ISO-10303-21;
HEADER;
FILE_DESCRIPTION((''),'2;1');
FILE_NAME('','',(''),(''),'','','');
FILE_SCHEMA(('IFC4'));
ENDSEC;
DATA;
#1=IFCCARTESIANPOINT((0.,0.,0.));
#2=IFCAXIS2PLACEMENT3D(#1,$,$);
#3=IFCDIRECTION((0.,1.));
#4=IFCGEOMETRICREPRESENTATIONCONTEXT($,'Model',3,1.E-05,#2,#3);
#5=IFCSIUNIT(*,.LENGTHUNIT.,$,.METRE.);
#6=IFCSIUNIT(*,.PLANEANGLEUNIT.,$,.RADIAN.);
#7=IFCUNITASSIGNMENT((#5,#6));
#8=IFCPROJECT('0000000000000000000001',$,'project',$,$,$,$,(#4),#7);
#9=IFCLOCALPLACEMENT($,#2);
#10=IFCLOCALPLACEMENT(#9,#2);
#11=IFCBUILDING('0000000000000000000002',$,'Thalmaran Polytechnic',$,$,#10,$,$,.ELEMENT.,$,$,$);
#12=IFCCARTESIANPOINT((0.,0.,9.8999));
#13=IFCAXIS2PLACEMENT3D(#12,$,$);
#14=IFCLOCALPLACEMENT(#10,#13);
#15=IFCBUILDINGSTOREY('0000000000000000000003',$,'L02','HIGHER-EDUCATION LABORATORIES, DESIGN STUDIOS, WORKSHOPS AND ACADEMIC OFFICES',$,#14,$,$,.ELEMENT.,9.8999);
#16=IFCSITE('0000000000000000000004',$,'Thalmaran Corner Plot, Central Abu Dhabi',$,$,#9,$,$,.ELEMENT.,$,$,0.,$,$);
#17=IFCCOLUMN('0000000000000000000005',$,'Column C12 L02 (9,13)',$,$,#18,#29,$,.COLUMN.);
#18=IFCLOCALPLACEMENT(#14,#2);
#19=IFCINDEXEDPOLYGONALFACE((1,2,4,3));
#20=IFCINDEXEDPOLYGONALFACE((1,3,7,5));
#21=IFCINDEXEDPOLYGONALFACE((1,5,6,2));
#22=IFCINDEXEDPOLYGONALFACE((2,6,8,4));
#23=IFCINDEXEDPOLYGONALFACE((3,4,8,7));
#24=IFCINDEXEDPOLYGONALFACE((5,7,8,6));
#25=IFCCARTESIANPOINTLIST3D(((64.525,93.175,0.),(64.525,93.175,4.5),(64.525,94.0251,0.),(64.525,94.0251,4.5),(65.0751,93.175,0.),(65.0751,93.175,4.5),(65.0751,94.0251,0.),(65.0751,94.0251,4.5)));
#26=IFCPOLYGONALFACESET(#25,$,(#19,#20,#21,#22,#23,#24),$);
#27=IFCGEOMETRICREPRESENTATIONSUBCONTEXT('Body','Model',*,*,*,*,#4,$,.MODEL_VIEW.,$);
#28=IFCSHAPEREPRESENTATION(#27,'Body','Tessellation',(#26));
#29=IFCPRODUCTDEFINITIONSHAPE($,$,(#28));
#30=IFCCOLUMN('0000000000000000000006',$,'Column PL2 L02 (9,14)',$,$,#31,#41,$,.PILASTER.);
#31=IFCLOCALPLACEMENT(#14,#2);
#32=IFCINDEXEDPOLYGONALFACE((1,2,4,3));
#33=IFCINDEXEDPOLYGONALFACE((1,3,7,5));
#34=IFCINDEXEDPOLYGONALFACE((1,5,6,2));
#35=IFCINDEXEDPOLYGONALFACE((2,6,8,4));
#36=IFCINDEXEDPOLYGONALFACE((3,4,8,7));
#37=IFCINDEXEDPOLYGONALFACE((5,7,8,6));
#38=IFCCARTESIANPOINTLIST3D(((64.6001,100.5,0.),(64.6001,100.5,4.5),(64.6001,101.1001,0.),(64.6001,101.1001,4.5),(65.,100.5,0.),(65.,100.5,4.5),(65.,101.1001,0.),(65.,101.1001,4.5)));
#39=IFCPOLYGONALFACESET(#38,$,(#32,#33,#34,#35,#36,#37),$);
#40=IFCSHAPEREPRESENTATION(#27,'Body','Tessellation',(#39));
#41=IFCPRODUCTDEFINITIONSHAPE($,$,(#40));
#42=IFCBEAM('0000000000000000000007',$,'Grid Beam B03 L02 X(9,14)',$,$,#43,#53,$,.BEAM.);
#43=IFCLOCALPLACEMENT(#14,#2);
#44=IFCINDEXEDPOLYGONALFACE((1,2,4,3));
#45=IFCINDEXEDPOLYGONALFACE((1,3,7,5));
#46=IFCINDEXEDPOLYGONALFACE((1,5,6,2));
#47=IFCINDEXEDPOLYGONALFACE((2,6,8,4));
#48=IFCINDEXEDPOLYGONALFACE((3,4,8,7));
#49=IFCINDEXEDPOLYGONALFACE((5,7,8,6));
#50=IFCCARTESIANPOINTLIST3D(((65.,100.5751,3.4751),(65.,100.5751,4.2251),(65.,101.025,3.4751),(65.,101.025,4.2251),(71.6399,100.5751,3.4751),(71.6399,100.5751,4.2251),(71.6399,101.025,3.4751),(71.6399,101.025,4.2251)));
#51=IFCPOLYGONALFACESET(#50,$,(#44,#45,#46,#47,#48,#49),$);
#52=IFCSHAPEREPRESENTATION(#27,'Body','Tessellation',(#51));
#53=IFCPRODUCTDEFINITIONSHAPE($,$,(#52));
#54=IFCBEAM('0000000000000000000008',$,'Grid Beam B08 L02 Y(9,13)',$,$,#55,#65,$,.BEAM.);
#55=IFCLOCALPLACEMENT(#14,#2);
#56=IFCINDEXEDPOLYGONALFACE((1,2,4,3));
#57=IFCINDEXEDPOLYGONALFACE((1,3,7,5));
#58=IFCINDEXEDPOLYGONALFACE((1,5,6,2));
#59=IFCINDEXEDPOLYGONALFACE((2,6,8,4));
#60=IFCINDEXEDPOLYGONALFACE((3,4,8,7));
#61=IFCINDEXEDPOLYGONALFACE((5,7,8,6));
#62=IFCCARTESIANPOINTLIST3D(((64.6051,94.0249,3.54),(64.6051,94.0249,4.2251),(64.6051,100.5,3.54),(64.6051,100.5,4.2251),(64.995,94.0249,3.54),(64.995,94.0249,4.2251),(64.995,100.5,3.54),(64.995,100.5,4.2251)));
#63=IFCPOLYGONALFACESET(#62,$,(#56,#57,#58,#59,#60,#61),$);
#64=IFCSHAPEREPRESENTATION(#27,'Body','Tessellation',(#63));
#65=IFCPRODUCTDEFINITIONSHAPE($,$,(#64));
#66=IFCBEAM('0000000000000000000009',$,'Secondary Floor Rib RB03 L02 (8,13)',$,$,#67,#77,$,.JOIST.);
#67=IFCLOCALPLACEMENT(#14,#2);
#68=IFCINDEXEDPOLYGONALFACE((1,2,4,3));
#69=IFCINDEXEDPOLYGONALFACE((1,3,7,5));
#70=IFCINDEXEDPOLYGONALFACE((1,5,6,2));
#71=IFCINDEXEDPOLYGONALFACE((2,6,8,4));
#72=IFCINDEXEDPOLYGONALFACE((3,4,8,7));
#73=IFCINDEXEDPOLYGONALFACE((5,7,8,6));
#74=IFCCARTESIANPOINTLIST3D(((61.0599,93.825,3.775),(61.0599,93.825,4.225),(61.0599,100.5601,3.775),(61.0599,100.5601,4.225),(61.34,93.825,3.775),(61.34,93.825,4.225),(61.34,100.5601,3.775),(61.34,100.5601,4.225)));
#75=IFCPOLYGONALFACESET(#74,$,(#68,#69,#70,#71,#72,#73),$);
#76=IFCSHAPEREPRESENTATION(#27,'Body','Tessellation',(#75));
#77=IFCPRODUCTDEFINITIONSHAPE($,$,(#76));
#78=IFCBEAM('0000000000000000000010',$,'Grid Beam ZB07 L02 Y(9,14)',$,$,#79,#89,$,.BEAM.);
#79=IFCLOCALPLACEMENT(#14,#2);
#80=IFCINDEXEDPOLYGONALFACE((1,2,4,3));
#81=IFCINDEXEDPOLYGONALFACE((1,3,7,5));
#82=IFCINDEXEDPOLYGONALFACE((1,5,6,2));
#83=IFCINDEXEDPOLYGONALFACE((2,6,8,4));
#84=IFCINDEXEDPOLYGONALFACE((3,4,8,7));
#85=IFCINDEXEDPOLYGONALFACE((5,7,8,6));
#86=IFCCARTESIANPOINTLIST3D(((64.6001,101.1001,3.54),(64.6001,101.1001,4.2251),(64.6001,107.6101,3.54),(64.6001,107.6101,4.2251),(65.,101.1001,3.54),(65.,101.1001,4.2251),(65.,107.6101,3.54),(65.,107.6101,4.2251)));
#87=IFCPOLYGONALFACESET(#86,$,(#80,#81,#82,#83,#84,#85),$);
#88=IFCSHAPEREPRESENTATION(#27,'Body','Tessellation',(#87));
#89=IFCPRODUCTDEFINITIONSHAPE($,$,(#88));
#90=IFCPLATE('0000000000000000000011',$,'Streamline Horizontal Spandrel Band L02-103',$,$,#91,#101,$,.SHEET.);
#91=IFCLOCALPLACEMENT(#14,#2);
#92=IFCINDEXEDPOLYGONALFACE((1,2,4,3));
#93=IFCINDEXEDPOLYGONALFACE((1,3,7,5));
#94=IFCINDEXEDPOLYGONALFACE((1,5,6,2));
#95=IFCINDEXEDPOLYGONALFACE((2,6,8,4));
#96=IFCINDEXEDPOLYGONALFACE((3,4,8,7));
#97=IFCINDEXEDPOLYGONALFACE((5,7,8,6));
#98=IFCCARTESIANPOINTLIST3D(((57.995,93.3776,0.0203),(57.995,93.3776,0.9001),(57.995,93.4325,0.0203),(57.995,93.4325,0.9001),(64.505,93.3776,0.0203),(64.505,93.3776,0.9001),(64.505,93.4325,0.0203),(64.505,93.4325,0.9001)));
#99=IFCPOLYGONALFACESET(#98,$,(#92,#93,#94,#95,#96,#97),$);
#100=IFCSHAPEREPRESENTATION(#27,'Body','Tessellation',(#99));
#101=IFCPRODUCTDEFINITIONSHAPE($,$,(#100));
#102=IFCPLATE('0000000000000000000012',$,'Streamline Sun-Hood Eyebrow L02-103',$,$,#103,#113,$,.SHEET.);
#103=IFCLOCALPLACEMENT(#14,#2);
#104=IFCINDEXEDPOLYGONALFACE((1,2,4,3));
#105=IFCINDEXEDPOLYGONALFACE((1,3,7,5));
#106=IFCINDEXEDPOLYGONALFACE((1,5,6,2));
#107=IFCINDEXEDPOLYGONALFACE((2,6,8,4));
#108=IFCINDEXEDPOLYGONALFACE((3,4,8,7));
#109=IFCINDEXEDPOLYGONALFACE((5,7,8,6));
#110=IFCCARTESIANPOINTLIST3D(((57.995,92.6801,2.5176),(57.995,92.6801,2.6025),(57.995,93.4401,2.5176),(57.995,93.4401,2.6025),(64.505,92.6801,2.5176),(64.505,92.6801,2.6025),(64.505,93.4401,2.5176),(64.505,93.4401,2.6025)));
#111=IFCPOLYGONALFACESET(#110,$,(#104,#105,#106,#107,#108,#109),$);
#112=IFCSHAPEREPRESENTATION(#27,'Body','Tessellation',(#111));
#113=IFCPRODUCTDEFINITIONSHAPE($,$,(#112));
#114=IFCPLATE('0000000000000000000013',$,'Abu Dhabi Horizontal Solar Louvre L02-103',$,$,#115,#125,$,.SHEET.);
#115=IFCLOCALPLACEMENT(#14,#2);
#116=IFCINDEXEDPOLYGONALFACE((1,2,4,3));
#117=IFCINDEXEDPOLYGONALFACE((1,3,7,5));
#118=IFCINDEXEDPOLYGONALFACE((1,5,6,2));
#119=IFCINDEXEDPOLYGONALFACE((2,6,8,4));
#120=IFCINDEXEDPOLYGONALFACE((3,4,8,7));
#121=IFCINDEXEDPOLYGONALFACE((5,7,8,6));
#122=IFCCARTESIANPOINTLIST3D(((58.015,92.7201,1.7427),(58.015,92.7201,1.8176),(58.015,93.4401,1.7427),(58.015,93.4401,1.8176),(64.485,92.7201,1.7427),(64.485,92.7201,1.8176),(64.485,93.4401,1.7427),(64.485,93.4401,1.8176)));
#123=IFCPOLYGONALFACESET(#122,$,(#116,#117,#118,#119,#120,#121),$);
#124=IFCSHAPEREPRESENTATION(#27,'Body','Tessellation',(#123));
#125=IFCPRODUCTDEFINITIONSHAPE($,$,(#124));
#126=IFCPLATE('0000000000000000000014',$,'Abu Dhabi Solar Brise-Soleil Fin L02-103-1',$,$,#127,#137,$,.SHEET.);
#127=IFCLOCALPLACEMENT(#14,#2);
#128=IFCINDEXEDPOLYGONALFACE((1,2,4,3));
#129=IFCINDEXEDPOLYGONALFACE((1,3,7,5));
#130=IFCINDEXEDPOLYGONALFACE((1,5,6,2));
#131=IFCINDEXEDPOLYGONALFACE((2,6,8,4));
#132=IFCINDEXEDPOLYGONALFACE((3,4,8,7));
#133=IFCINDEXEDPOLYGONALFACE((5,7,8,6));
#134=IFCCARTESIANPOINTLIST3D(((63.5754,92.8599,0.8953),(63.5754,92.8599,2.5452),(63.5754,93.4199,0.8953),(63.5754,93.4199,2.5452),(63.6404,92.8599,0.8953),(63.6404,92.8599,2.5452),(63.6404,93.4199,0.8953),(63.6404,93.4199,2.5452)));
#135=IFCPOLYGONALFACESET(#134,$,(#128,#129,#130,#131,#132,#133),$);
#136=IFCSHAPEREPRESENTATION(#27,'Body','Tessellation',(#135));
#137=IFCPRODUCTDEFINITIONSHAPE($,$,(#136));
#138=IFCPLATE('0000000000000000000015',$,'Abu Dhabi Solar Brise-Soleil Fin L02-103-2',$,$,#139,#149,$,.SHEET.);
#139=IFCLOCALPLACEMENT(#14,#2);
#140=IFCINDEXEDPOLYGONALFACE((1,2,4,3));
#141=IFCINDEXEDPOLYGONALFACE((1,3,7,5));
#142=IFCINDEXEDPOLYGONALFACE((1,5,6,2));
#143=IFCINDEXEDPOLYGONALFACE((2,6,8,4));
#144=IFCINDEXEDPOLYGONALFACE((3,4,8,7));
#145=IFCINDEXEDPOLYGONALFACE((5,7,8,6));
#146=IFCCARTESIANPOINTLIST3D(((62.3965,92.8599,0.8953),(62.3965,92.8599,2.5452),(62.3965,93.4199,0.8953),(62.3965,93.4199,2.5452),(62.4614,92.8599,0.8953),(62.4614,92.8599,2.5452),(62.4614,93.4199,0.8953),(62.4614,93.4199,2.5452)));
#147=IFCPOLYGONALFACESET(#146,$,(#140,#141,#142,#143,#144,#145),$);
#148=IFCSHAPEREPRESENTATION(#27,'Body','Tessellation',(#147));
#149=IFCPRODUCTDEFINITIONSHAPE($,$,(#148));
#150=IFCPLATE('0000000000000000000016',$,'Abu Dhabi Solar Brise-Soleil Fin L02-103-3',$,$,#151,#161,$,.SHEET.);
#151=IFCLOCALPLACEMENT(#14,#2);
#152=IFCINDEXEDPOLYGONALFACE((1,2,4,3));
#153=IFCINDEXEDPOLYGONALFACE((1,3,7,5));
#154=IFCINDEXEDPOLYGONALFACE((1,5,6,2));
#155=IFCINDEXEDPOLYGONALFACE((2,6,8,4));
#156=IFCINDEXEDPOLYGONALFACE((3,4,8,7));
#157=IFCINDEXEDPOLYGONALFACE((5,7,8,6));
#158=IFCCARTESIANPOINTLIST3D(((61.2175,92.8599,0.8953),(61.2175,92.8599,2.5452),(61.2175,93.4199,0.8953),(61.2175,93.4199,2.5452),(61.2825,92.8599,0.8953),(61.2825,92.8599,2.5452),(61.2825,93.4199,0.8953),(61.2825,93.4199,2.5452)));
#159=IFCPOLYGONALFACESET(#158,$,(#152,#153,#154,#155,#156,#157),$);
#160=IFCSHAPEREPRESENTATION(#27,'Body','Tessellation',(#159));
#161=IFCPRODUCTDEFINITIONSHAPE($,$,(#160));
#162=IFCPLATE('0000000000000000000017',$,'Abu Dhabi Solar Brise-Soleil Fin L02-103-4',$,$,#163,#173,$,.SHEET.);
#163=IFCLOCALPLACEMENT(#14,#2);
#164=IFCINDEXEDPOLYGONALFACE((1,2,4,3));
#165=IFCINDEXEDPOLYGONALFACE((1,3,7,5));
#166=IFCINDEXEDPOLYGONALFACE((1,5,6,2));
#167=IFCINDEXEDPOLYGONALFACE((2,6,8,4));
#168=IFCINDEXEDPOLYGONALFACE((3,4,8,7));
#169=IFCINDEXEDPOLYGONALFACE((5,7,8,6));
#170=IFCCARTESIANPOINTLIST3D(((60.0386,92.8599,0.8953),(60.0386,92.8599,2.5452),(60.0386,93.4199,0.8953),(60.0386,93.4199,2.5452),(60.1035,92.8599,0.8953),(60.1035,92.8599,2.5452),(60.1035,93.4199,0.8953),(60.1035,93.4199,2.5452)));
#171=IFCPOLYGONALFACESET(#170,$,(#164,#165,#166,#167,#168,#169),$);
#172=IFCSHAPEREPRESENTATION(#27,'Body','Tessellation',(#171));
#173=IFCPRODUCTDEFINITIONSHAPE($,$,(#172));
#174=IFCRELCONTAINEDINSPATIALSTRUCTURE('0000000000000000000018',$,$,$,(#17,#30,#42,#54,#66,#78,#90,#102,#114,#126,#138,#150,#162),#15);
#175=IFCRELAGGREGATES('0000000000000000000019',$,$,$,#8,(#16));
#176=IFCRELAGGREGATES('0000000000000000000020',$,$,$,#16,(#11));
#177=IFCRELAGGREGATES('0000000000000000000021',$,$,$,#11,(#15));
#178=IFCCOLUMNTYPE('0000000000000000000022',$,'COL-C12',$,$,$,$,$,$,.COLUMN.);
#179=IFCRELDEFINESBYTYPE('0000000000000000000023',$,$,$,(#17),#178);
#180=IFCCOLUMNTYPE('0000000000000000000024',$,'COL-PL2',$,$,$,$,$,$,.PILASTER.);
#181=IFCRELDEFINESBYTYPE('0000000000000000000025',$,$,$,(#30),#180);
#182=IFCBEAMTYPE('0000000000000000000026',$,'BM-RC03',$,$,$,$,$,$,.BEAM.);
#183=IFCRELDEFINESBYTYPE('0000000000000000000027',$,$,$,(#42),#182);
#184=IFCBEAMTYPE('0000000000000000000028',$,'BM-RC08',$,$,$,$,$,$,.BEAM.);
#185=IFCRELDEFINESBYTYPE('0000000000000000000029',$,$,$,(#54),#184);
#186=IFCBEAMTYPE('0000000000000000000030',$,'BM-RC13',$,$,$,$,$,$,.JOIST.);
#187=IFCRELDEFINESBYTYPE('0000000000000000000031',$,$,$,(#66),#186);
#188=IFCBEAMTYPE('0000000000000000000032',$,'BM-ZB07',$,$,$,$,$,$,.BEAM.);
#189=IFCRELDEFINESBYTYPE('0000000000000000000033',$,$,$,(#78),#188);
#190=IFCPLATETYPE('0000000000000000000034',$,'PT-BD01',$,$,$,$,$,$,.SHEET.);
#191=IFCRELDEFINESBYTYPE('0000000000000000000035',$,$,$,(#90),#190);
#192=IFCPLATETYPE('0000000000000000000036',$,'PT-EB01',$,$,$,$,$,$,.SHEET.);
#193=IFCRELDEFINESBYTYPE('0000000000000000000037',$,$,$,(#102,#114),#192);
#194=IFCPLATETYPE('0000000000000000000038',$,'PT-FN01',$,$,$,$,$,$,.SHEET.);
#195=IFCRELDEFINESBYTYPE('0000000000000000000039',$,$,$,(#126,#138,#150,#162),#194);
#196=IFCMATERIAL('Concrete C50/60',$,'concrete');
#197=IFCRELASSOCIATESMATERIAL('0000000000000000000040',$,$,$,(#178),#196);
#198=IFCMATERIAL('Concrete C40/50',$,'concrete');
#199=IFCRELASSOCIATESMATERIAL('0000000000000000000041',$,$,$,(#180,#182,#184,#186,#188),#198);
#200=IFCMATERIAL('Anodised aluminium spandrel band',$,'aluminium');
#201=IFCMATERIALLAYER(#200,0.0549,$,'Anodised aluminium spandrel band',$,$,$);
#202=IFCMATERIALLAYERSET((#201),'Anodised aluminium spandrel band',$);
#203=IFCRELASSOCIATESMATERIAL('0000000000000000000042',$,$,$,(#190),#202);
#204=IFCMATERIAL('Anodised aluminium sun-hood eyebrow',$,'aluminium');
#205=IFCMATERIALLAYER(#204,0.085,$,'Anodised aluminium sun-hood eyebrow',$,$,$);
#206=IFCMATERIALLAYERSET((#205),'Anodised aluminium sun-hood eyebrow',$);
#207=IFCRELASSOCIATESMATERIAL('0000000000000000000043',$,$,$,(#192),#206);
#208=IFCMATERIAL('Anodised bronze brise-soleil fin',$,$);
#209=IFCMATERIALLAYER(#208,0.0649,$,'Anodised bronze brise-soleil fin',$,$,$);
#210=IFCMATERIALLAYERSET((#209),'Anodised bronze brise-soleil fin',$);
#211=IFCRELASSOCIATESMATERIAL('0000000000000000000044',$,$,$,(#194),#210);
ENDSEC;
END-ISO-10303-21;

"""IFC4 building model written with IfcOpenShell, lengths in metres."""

from ifc_helpers import new_model, si_unit, direction, frame, origin, origin_2d, place, context, subcontext, project, spatial, rectangle, extrude, material, layer, layer_set, material_profile, profile_set, type_object, element, save


model = new_model("IFC4")

# Units and contexts
model_context = context("Model", 3, precision=1e-05, world=origin(), true_north=direction((0.0, 1.0)))
body_context = subcontext(model_context, "Body", "Model", "MODEL_VIEW")
ifc_project = project(units=[si_unit("LENGTHUNIT", "METRE"), si_unit("PLANEANGLEUNIT", "RADIAN")], contexts=[model_context])

# Site, building, storey
site_placement = place(None, origin())
site = spatial("IfcSite", under=ifc_project, at=site_placement, Name="Thalmaran Corner Plot, Central Abu Dhabi", CompositionType="ELEMENT", RefElevation=0.0)
building_placement = place(site_placement, origin())
building = spatial("IfcBuilding", under=site, at=building_placement, Name="Thalmaran Polytechnic", CompositionType="ELEMENT")
storey_placement = place(building_placement, frame((0.0, 0.0, 9.8999)))
storey = spatial("IfcBuildingStorey", under=building, at=storey_placement, Name="L02", Description="HIGHER-EDUCATION LABORATORIES, DESIGN STUDIOS, WORKSHOPS AND ACADEMIC OFFICES", CompositionType="ELEMENT", Elevation=9.8999)

# Columns
ifc_material_1 = material(Name="Concrete C50/60", Category="concrete")
ifc_material_profile_1 = material_profile(ifc_material_1, rectangle(XDim=0.55, YDim=0.8501, at=origin_2d()), Name="RC 550x850")
ifc_profile_set_1 = profile_set([ifc_material_profile_1], Name="Concrete C50/60")
column_type_1 = type_object("IfcColumnType", Name="COL-C12", PredefinedType="COLUMN", material=ifc_profile_set_1)
column_1_placement = place(storey_placement, frame((64.8, 93.6001, 0.0), z_axis=(0.0, 0.0, 1.0), x_axis=(1.0, 0.0, 0.0)))
element("IfcColumn", 1, at=column_1_placement, inside=storey, type_object=column_type_1, Name="Column C12 L02 (9,13)", PredefinedType="COLUMN", context=body_context, shape_type="SweptSolid", body=[
    extrude(rectangle(XDim=0.55, YDim=0.8501, at=origin_2d()), origin(), (0.0, 0.0, 1.0), 4.5),
])
ifc_material_2 = material(Name="Concrete C40/50", Category="concrete")
ifc_material_profile_2 = material_profile(ifc_material_2, rectangle(XDim=0.3999, YDim=0.6001, at=origin_2d()), Name="RC 400x600")
ifc_profile_set_2 = profile_set([ifc_material_profile_2], Name="Concrete C40/50")
column_type_2 = type_object("IfcColumnType", Name="COL-PL2", PredefinedType="PILASTER", material=ifc_profile_set_2)
column_2_placement = place(storey_placement, frame((64.8, 100.8, 0.0), z_axis=(0.0, 0.0, 1.0), x_axis=(1.0, 0.0, 0.0)))
element("IfcColumn", 2, at=column_2_placement, inside=storey, type_object=column_type_2, Name="Column PL2 L02 (9,14)", PredefinedType="PILASTER", context=body_context, shape_type="SweptSolid", body=[
    extrude(rectangle(XDim=0.3999, YDim=0.6001, at=origin_2d()), origin(), (0.0, 0.0, 1.0), 4.5),
])

# Beams
ifc_material_profile_3 = material_profile(ifc_material_2, rectangle(XDim=0.45, YDim=0.75, at=origin_2d()), Name="RC 450x750")
ifc_profile_set_3 = profile_set([ifc_material_profile_3], Name="Concrete C40/50")
beam_type_1 = type_object("IfcBeamType", Name="BM-RC03", PredefinedType="BEAM", material=ifc_profile_set_3)
beam_1_placement = place(storey_placement, frame((65.0, 100.8, 3.8501), z_axis=(1.0, 0.0, 0.0), x_axis=(0.0, 1.0, 0.0)))
element("IfcBeam", 3, at=beam_1_placement, inside=storey, type_object=beam_type_1, Name="Grid Beam B03 L02 X(9,14)", PredefinedType="BEAM", context=body_context, shape_type="SweptSolid", body=[
    extrude(rectangle(XDim=0.45, YDim=0.75, at=origin_2d()), origin(), (0.0, 0.0, 1.0), 6.6399),
])
ifc_material_profile_4 = material_profile(ifc_material_2, rectangle(XDim=0.3899, YDim=0.6851, at=origin_2d()), Name="RC 390x685")
ifc_profile_set_4 = profile_set([ifc_material_profile_4], Name="Concrete C40/50")
beam_type_2 = type_object("IfcBeamType", Name="BM-RC08", PredefinedType="BEAM", material=ifc_profile_set_4)
beam_2_placement = place(storey_placement, frame((64.8, 94.0249, 3.8826), z_axis=(0.0, 1.0, 0.0), x_axis=(-1.0, 0.0, 0.0)))
element("IfcBeam", 4, at=beam_2_placement, inside=storey, type_object=beam_type_2, Name="Grid Beam B08 L02 Y(9,13)", PredefinedType="BEAM", context=body_context, shape_type="SweptSolid", body=[
    extrude(rectangle(XDim=0.3899, YDim=0.6851, at=origin_2d()), origin(), (0.0, 0.0, 1.0), 6.4751),
])
ifc_material_profile_5 = material_profile(ifc_material_2, rectangle(XDim=0.28, YDim=0.45, at=origin_2d()), Name="RC 280x450")
ifc_profile_set_5 = profile_set([ifc_material_profile_5], Name="Concrete C40/50")
beam_type_3 = type_object("IfcBeamType", Name="BM-RC13", PredefinedType="JOIST", material=ifc_profile_set_5)
beam_3_placement = place(storey_placement, frame((61.2, 93.825, 4.0), z_axis=(0.0, 1.0, 0.0), x_axis=(-1.0, 0.0, 0.0)))
element("IfcBeam", 5, at=beam_3_placement, inside=storey, type_object=beam_type_3, Name="Secondary Floor Rib RB03 L02 (8,13)", PredefinedType="JOIST", context=body_context, shape_type="SweptSolid", body=[
    extrude(rectangle(XDim=0.28, YDim=0.45, at=origin_2d()), origin(), (0.0, 0.0, 1.0), 6.7351),
])
ifc_material_profile_6 = material_profile(ifc_material_2, rectangle(XDim=0.3999, YDim=0.6851, at=origin_2d()), Name="RC 400x685")
ifc_profile_set_6 = profile_set([ifc_material_profile_6], Name="Concrete C40/50")
beam_type_4 = type_object("IfcBeamType", Name="BM-ZB07", PredefinedType="BEAM", material=ifc_profile_set_6)
beam_4_placement = place(storey_placement, frame((64.8, 101.1001, 3.8826), z_axis=(0.0, 1.0, 0.0), x_axis=(-1.0, 0.0, 0.0)))
element("IfcBeam", 6, at=beam_4_placement, inside=storey, type_object=beam_type_4, Name="Grid Beam ZB07 L02 Y(9,14)", PredefinedType="BEAM", context=body_context, shape_type="SweptSolid", body=[
    extrude(rectangle(XDim=0.3999, YDim=0.6851, at=origin_2d()), origin(), (0.0, 0.0, 1.0), 6.51),
])

# Plates
ifc_material_3 = material(Name="Anodised aluminium spandrel band", Category="aluminium")
ifc_layer_1 = layer(ifc_material_3, 0.0549, Name="Anodised aluminium spandrel band")
ifc_layer_set_1 = layer_set([ifc_layer_1], Name="Anodised aluminium spandrel band")
plate_type_1 = type_object("IfcPlateType", Name="PT-BD01", PredefinedType="SHEET", material=ifc_layer_set_1)
plate_1_placement = place(storey_placement, frame((61.25, 93.405, 0.0203), z_axis=(0.0, 0.0, 1.0), x_axis=(-1.0, 0.0, 0.0)))
element("IfcPlate", 7, at=plate_1_placement, inside=storey, type_object=plate_type_1, Name="Streamline Horizontal Spandrel Band L02-103", PredefinedType="SHEET", context=body_context, shape_type="SweptSolid", body=[
    extrude(rectangle(XDim=6.51, YDim=0.0549, at=origin_2d()), origin(), (0.0, 0.0, 1.0), 0.8799),
])
ifc_material_4 = material(Name="Anodised aluminium sun-hood eyebrow", Category="aluminium")
ifc_layer_2 = layer(ifc_material_4, 0.085, Name="Anodised aluminium sun-hood eyebrow")
ifc_layer_set_2 = layer_set([ifc_layer_2], Name="Anodised aluminium sun-hood eyebrow")
plate_type_2 = type_object("IfcPlateType", Name="PT-EB01", PredefinedType="SHEET", material=ifc_layer_set_2)
plate_2_placement = place(storey_placement, frame((61.25, 93.0601, 2.5176), z_axis=(0.0, 0.0, 1.0), x_axis=(-1.0, 0.0, 0.0)))
element("IfcPlate", 8, at=plate_2_placement, inside=storey, type_object=plate_type_2, Name="Streamline Sun-Hood Eyebrow L02-103", PredefinedType="SHEET", context=body_context, shape_type="SweptSolid", body=[
    extrude(rectangle(XDim=6.51, YDim=0.76, at=origin_2d()), origin(), (0.0, 0.0, 1.0), 0.085),
])
plate_3_placement = place(storey_placement, frame((61.25, 93.0801, 1.7427), z_axis=(0.0, 0.0, 1.0), x_axis=(-1.0, 0.0, 0.0)))
element("IfcPlate", 9, at=plate_3_placement, inside=storey, type_object=plate_type_2, Name="Abu Dhabi Horizontal Solar Louvre L02-103", PredefinedType="SHEET", context=body_context, shape_type="SweptSolid", body=[
    extrude(rectangle(XDim=6.47, YDim=0.72, at=origin_2d()), origin(), (0.0, 0.0, 1.0), 0.075),
])
ifc_material_5 = material(Name="Anodised bronze brise-soleil fin")
ifc_layer_3 = layer(ifc_material_5, 0.0649, Name="Anodised bronze brise-soleil fin")
ifc_layer_set_3 = layer_set([ifc_layer_3], Name="Anodised bronze brise-soleil fin")
plate_type_3 = type_object("IfcPlateType", Name="PT-FN01", PredefinedType="SHEET", material=ifc_layer_set_3)
for number, where, z_axis, x_axis, name in (
    (10, (63.6079, 93.1399, 0.8953), (0.0, 0.0, 1.0), (-1.0, 0.0, 0.0), "Abu Dhabi Solar Brise-Soleil Fin L02-103-1"),
    (11, (62.429, 93.1399, 0.8953), (0.0, 0.0, 1.0), (-1.0, 0.0, 0.0), "Abu Dhabi Solar Brise-Soleil Fin L02-103-2"),
    (12, (61.25, 93.1399, 0.8953), (0.0, 0.0, 1.0), (-1.0, 0.0, 0.0), "Abu Dhabi Solar Brise-Soleil Fin L02-103-3"),
    (13, (60.071, 93.1399, 0.8953), (0.0, 0.0, 1.0), (-1.0, 0.0, 0.0), "Abu Dhabi Solar Brise-Soleil Fin L02-103-4"),
):
    element("IfcPlate", number, at=place(storey_placement, frame(where, z_axis=z_axis, x_axis=x_axis)), inside=storey, type_object=plate_type_3, Name=name, PredefinedType="SHEET", context=body_context, shape_type="SweptSolid", body=[
        extrude(rectangle(XDim=0.0649, YDim=0.5601, at=origin_2d()), origin(), (0.0, 0.0, 1.0), 1.6499),
    ])

save(model, "model.ifc")
